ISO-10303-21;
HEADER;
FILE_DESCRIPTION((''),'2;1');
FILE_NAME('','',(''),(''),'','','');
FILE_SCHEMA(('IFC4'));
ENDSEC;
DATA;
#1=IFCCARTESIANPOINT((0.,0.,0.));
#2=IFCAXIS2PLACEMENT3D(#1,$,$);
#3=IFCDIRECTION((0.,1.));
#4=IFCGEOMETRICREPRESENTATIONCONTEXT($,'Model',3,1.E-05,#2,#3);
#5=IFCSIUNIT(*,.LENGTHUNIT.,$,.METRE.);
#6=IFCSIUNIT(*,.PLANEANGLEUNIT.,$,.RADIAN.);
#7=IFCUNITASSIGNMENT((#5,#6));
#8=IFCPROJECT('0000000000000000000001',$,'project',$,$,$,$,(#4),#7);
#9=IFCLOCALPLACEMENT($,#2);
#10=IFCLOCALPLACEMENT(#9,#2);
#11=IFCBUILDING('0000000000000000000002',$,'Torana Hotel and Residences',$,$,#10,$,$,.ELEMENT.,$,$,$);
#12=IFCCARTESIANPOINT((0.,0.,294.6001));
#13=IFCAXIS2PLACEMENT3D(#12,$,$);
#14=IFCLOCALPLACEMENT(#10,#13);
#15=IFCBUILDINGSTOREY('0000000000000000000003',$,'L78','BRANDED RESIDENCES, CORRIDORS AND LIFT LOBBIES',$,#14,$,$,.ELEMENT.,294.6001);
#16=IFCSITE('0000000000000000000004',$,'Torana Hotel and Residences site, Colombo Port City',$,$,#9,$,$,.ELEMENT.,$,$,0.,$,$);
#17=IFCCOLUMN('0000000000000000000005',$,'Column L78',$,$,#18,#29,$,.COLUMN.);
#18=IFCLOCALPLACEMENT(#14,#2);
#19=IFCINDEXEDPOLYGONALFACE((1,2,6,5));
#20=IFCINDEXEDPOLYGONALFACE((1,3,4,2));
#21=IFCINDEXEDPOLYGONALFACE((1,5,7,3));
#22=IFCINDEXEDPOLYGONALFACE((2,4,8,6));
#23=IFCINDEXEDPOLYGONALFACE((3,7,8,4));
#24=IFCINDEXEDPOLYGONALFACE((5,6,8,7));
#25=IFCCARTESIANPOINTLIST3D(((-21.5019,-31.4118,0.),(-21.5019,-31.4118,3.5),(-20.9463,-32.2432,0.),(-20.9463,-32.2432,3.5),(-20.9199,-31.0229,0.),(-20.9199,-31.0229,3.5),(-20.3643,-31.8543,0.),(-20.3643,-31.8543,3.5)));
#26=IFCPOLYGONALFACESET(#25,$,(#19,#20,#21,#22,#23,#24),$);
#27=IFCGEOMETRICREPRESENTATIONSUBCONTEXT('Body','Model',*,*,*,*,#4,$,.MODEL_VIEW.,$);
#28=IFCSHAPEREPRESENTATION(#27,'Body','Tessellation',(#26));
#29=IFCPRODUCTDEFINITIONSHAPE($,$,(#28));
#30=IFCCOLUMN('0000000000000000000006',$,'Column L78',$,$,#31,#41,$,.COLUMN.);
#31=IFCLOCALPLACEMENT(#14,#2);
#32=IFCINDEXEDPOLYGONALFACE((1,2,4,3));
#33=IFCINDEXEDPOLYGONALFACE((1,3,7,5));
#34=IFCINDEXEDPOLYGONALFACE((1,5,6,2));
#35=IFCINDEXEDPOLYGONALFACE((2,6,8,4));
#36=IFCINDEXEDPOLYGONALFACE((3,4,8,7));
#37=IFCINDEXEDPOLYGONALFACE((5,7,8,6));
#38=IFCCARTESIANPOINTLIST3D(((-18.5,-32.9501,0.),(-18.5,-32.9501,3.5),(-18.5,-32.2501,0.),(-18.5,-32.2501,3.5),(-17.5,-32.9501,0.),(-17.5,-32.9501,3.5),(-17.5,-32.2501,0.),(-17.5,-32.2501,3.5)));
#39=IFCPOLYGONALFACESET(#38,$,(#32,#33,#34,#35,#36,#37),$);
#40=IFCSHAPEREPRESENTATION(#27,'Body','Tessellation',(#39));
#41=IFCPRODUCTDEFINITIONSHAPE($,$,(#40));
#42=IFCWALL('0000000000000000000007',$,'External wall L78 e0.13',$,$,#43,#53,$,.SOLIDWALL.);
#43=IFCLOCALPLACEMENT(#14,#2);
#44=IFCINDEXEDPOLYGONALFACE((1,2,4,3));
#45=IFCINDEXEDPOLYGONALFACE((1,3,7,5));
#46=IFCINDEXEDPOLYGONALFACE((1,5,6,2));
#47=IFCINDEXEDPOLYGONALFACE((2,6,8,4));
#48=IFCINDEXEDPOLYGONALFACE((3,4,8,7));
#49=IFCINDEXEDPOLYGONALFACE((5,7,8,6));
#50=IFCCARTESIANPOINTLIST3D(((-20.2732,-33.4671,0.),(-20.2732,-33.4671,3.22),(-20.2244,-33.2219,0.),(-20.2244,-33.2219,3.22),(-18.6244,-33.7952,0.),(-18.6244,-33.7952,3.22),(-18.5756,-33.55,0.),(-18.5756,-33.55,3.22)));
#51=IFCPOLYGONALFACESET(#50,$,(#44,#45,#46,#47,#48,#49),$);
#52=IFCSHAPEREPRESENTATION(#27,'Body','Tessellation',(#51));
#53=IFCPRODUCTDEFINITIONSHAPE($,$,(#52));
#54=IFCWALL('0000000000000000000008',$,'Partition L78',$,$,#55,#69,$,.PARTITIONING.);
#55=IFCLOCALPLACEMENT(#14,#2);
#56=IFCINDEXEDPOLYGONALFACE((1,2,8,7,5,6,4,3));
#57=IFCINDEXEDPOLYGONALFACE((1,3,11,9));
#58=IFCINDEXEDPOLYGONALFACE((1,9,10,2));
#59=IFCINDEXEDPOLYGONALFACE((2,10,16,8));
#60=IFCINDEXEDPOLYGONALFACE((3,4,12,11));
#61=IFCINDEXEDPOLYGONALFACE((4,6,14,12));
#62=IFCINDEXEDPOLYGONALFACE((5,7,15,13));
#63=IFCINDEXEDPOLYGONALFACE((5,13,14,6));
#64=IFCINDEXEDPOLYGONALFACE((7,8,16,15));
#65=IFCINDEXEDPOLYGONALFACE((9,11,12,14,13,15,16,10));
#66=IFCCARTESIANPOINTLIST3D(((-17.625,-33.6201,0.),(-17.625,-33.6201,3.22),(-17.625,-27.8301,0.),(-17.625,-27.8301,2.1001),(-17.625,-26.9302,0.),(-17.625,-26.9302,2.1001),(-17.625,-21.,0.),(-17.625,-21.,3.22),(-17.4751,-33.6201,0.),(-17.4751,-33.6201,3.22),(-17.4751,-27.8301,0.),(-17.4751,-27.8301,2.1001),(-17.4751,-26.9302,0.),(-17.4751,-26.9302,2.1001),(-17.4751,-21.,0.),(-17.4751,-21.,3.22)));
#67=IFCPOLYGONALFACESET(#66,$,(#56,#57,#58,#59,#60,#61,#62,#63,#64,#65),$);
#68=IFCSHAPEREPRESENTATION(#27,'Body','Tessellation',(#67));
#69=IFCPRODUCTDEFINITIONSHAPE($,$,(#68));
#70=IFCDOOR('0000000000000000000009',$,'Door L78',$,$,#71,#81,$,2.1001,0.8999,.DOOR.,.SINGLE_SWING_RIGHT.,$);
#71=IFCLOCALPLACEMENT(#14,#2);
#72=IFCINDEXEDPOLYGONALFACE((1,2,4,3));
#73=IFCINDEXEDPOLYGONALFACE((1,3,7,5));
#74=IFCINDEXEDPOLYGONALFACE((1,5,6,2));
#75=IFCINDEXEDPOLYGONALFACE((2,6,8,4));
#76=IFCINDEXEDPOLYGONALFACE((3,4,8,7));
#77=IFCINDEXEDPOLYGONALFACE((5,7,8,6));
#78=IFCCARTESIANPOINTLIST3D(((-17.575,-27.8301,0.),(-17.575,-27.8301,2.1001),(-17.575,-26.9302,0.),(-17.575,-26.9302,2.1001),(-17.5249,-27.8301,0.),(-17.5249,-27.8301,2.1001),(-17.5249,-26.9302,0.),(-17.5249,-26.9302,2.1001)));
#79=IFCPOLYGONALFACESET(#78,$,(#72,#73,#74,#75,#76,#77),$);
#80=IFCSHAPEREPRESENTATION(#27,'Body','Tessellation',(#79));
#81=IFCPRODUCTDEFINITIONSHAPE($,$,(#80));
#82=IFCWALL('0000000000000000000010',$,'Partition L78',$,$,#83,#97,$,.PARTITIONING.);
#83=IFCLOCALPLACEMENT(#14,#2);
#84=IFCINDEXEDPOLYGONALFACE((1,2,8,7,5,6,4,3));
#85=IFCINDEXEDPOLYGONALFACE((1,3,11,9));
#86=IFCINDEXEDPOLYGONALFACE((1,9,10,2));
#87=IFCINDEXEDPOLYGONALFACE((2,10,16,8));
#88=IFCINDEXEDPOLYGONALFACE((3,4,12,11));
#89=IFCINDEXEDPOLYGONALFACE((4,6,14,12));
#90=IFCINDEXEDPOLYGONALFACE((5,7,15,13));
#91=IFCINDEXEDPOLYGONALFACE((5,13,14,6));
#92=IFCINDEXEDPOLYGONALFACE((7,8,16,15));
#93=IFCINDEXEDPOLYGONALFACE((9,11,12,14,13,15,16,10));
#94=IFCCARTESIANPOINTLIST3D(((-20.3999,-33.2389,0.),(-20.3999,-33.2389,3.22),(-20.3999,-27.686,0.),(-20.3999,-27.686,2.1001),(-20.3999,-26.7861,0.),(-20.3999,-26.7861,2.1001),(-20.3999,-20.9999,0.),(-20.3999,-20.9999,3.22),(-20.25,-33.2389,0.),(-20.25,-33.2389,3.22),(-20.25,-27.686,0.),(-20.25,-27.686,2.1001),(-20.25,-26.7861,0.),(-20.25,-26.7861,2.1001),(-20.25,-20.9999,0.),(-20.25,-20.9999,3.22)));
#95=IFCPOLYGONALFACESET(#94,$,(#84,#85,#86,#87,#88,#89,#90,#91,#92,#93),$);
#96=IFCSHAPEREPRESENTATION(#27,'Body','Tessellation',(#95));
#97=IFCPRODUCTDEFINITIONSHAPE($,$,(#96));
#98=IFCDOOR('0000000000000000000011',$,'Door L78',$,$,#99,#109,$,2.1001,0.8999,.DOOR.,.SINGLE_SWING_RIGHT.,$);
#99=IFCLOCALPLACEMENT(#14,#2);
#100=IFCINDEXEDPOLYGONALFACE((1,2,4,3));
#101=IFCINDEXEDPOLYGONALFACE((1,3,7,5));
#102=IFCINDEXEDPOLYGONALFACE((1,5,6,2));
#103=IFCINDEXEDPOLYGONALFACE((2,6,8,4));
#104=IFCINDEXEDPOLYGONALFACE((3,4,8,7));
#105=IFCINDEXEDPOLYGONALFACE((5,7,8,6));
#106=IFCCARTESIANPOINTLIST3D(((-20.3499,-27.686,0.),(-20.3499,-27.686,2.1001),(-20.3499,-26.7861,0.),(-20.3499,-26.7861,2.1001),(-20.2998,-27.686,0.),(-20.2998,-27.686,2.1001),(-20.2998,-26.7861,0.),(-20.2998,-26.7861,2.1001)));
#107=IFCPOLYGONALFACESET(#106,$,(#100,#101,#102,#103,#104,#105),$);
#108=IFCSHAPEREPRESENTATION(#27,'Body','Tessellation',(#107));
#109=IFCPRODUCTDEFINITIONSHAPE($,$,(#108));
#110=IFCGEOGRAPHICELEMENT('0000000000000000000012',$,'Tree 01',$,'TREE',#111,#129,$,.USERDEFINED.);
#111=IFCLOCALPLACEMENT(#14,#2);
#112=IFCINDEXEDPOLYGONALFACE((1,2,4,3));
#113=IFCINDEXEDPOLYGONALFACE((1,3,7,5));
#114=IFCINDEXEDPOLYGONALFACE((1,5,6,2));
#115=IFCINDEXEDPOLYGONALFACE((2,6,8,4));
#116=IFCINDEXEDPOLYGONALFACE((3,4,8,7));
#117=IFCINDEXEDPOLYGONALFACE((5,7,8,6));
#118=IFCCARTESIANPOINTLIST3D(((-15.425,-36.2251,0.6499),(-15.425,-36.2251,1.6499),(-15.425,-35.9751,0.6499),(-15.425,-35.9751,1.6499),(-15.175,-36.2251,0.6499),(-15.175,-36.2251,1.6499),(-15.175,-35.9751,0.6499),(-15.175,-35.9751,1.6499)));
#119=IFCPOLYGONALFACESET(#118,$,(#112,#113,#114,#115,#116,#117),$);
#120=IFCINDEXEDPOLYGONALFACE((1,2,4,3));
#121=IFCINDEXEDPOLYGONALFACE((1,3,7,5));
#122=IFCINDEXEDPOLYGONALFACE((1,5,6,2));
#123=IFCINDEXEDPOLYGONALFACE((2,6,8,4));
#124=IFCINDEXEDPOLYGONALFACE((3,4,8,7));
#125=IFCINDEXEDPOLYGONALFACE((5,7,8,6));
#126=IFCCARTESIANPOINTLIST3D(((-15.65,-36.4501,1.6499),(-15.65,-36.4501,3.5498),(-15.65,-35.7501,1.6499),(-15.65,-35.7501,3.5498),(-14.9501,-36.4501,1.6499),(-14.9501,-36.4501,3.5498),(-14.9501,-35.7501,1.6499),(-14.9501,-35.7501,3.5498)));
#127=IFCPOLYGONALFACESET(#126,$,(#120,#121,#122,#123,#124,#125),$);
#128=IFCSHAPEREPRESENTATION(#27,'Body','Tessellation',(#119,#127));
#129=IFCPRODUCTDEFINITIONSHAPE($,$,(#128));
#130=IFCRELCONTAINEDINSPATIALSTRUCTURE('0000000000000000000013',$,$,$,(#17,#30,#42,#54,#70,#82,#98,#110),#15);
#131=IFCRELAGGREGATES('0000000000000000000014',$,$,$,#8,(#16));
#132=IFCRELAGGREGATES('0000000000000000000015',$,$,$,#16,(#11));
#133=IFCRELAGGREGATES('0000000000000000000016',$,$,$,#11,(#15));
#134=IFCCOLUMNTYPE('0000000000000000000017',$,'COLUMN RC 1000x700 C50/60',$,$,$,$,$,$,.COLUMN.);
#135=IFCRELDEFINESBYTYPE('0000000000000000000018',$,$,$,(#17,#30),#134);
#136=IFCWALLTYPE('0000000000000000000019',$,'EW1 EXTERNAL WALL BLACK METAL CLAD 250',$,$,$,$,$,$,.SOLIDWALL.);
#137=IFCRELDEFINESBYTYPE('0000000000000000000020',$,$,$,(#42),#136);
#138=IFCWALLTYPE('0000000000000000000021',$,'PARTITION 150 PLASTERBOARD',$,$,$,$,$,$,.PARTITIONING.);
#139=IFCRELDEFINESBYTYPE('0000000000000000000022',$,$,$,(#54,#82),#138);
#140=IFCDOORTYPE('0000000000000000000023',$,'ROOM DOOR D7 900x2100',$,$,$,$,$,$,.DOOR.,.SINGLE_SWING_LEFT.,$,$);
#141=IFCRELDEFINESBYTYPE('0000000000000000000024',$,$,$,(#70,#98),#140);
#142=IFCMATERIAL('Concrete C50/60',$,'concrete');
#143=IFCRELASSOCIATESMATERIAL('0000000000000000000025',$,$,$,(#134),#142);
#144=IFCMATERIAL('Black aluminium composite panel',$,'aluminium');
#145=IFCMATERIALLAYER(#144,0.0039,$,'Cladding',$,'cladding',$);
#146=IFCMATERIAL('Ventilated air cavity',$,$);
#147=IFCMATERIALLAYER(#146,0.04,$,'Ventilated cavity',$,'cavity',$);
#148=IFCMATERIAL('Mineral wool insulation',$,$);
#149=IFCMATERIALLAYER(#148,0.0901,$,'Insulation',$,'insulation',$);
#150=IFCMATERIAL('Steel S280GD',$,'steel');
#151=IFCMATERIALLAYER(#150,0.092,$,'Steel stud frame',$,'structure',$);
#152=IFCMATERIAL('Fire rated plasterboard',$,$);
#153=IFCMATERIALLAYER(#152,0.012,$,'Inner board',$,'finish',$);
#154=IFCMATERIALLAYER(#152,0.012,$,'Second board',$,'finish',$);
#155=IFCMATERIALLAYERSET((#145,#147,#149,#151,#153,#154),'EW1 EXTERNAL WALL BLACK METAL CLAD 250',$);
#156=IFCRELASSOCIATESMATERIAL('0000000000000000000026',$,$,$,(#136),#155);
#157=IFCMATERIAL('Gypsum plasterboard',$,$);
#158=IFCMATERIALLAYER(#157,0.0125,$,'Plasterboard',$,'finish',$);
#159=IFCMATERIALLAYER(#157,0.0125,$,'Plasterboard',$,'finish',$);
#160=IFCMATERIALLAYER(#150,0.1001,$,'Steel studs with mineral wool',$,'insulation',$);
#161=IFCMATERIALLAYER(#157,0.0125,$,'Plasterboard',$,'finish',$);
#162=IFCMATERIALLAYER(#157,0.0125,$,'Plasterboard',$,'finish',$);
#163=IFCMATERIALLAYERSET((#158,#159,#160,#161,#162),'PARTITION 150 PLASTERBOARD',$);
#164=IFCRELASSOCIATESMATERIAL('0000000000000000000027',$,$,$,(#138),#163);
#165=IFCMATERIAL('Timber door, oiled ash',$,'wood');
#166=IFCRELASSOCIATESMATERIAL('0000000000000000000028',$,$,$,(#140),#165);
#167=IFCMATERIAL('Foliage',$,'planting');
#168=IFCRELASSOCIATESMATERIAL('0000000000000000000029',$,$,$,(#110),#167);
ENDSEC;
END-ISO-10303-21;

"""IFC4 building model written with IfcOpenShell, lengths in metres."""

from ifc_helpers import new_model, si_unit, direction, frame, frame_2d, origin, origin_2d, place, context, subcontext, project, spatial, rectangle, extrude, material, layer, layer_set, material_profile, profile_set, type_object, element, fill, save


model = new_model("IFC4")

# Units and contexts
model_context = context("Model", 3, precision=1e-05, world=origin(), true_north=direction((0.0, 1.0)))
body_context = subcontext(model_context, "Body", "Model", "MODEL_VIEW")
ifc_project = project(units=[si_unit("LENGTHUNIT", "METRE"), si_unit("PLANEANGLEUNIT", "RADIAN")], contexts=[model_context])

# Site, building, storey
site_placement = place(None, origin())
site = spatial("IfcSite", under=ifc_project, at=site_placement, Name="Torana Hotel and Residences site, Colombo Port City", CompositionType="ELEMENT", RefElevation=0.0)
building_placement = place(site_placement, origin())
building = spatial("IfcBuilding", under=site, at=building_placement, Name="Torana Hotel and Residences", CompositionType="ELEMENT")
storey_placement = place(building_placement, frame((0.0, 0.0, 294.6001)))
storey = spatial("IfcBuildingStorey", under=building, at=storey_placement, Name="L78", Description="BRANDED RESIDENCES, CORRIDORS AND LIFT LOBBIES", CompositionType="ELEMENT", Elevation=294.6001)

# Columns
ifc_material_1 = material(Name="Concrete C50/60", Category="concrete")
ifc_material_profile = material_profile(ifc_material_1, rectangle(XDim=1.0, YDim=0.7, at=origin_2d()), Name="RC 1000x700")
ifc_profile_set = profile_set([ifc_material_profile], Name="Concrete C50/60")
column_type = type_object("IfcColumnType", Name="COLUMN RC 1000x700 C50/60", PredefinedType="COLUMN", material=ifc_profile_set)
for number, where, z_axis, x_axis, name in (
    (1, (-20.9331, -31.6331, 0.0), (0.0, 0.0, 1.0), (-0.555585, 0.83146, 0.0), "Column L78"),
    (2, (-18.0, -32.6001, 0.0), (0.0, 0.0, 1.0), (1.0, 0.0, 0.0), "Column L78"),
):
    element("IfcColumn", number, at=place(storey_placement, frame(where, z_axis=z_axis, x_axis=x_axis)), inside=storey, type_object=column_type, Name=name, PredefinedType="COLUMN", context=body_context, shape_type="SweptSolid", body=[
        extrude(rectangle(XDim=1.0, YDim=0.7, at=origin_2d()), origin(), (0.0, 0.0, 1.0), 3.5),
    ])

# Wall
ifc_material_2 = material(Name="Black aluminium composite panel", Category="aluminium")
ifc_layer_1 = layer(ifc_material_2, 0.0039, Name="Cladding", Category="cladding")
ifc_material_3 = material(Name="Ventilated air cavity")
ifc_layer_2 = layer(ifc_material_3, 0.04, Name="Ventilated cavity", Category="cavity")
ifc_material_4 = material(Name="Mineral wool insulation")
ifc_layer_3 = layer(ifc_material_4, 0.0901, Name="Insulation", Category="insulation")
ifc_material_5 = material(Name="Steel S280GD", Category="steel")
ifc_layer_4 = layer(ifc_material_5, 0.092, Name="Steel stud frame", Category="structure")
ifc_material_6 = material(Name="Fire rated plasterboard")
ifc_layer_5 = layer(ifc_material_6, 0.012, Name="Inner board", Category="finish")
ifc_layer_6 = layer(ifc_material_6, 0.012, Name="Second board", Category="finish")
ifc_layer_set_1 = layer_set([ifc_layer_1, ifc_layer_2, ifc_layer_3, ifc_layer_4, ifc_layer_5, ifc_layer_6], Name="EW1 EXTERNAL WALL BLACK METAL CLAD 250")
wall_type_1 = type_object("IfcWallType", Name="EW1 EXTERNAL WALL BLACK METAL CLAD 250", PredefinedType="SOLIDWALL", material=ifc_layer_set_1)
wall_1_placement = place(storey_placement, frame((-20.2488, -33.3445, 0.0), z_axis=(0.0, 0.0, 1.0), x_axis=(0.98077, -0.195167, 0.0)))
element("IfcWall", 3, at=wall_1_placement, inside=storey, type_object=wall_type_1, Name="External wall L78 e0.13", PredefinedType="SOLIDWALL", context=body_context, shape_type="SweptSolid", body=[
    extrude(rectangle(XDim=1.6812, YDim=0.25, at=frame_2d((0.8406, 0.0))), origin(), (0.0, 0.0, 1.0), 3.22),
])

# Walls, openings, doors
ifc_material_7 = material(Name="Gypsum plasterboard")
ifc_layer_7 = layer(ifc_material_7, 0.0125, Name="Plasterboard", Category="finish")
ifc_layer_8 = layer(ifc_material_7, 0.0125, Name="Plasterboard", Category="finish")
ifc_layer_9 = layer(ifc_material_5, 0.1001, Name="Steel studs with mineral wool", Category="insulation")
ifc_layer_10 = layer(ifc_material_7, 0.0125, Name="Plasterboard", Category="finish")
ifc_layer_11 = layer(ifc_material_7, 0.0125, Name="Plasterboard", Category="finish")
ifc_layer_set_2 = layer_set([ifc_layer_7, ifc_layer_8, ifc_layer_9, ifc_layer_10, ifc_layer_11], Name="PARTITION 150 PLASTERBOARD")
wall_type_2 = type_object("IfcWallType", Name="PARTITION 150 PLASTERBOARD", PredefinedType="PARTITIONING", material=ifc_layer_set_2)
wall_2_placement = place(storey_placement, frame((-17.55, -33.6201, 0.0), z_axis=(0.0, 0.0, 1.0), x_axis=(0.0, 1.0, 0.0)))
wall_2 = element("IfcWall", 4, at=wall_2_placement, inside=storey, type_object=wall_type_2, Name="Partition L78", PredefinedType="PARTITIONING", context=body_context, shape_type="SweptSolid", body=[
    extrude(rectangle(XDim=12.6201, YDim=0.1499, at=frame_2d((6.3101, 0.0))), origin(), (0.0, 0.0, 1.0), 3.22),
])
opening_1_placement = place(wall_2_placement, frame((5.79, 0.0, 0.0)))
opening_1 = element("IfcOpeningElement", 5, at=opening_1_placement, cuts=wall_2, PredefinedType="OPENING", context=body_context, shape_type="SweptSolid", body=[
    extrude(rectangle(XDim=0.8999, YDim=2.1001, at=frame_2d((0.45, 1.05))), frame((0.0, 0.085, 0.0), z_axis=(0.0, -1.0, 0.0), x_axis=(1.0, 0.0, 0.0)), (0.0, 0.0, 1.0), 0.1699),
])
ifc_material_8 = material(Name="Timber door, oiled ash", Category="wood")
door_type_1 = type_object("IfcDoorType", Name="ROOM DOOR D7 900x2100", OperationType="SINGLE_SWING_LEFT", PredefinedType="DOOR", material=ifc_material_8)
door_1_placement = place(opening_1_placement, origin())
door_1 = element("IfcDoor", 6, at=door_1_placement, inside=storey, type_object=door_type_1, Name="Door L78", OperationType="SINGLE_SWING_RIGHT", OverallHeight=2.1001, OverallWidth=0.8999, PredefinedType="DOOR", context=body_context, shape_type="SweptSolid", body=[
    extrude(rectangle(XDim=0.8999, YDim=2.1001, at=frame_2d((0.45, 1.05))), frame((0.0, 0.0249, 0.0), z_axis=(0.0, -1.0, 0.0), x_axis=(1.0, 0.0, 0.0)), (0.0, 0.0, 1.0), 0.05),
])
fill(opening_1, door_1)
wall_3_placement = place(storey_placement, frame((-20.325, -33.239, 0.0), z_axis=(0.0, 0.0, 1.0), x_axis=(0.0, 1.0, 0.0)))
wall_3 = element("IfcWall", 7, at=wall_3_placement, inside=storey, type_object=wall_type_2, Name="Partition L78", PredefinedType="PARTITIONING", context=body_context, shape_type="SweptSolid", body=[
    extrude(rectangle(XDim=12.239, YDim=0.1499, at=frame_2d((6.1196, 0.0))), origin(), (0.0, 0.0, 1.0), 3.22),
])
opening_2_placement = place(wall_3_placement, frame((5.553, 0.0, 0.0)))
opening_2 = element("IfcOpeningElement", 8, at=opening_2_placement, cuts=wall_3, PredefinedType="OPENING", context=body_context, shape_type="SweptSolid", body=[
    extrude(rectangle(XDim=0.8999, YDim=2.1001, at=frame_2d((0.45, 1.05))), frame((0.0, 0.085, 0.0), z_axis=(0.0, -1.0, 0.0), x_axis=(1.0, 0.0, 0.0)), (0.0, 0.0, 1.0), 0.1699),
])
door_2_placement = place(opening_2_placement, origin())
door_2 = element("IfcDoor", 9, at=door_2_placement, inside=storey, type_object=door_type_1, Name="Door L78", OperationType="SINGLE_SWING_RIGHT", OverallHeight=2.1001, OverallWidth=0.8999, PredefinedType="DOOR", context=body_context, shape_type="SweptSolid", body=[
    extrude(rectangle(XDim=0.8999, YDim=2.1001, at=frame_2d((0.45, 1.05))), frame((0.0, 0.0249, 0.0), z_axis=(0.0, -1.0, 0.0), x_axis=(1.0, 0.0, 0.0)), (0.0, 0.0, 1.0), 0.05),
])
fill(opening_2, door_2)

# Geographic element
ifc_material_9 = material(Name="Foliage", Category="planting")
geographic_element_placement = place(storey_placement, frame((-15.3, -36.1001, 0.6499), z_axis=(0.0, 0.0, 1.0), x_axis=(1.0, 0.0, 0.0)))
element("IfcGeographicElement", 10, at=geographic_element_placement, inside=storey, material=ifc_material_9, Name="Tree 01", ObjectType="TREE", PredefinedType="USERDEFINED", context=body_context, shape_type="SweptSolid", body=[
    extrude(rectangle(XDim=0.25, YDim=0.25, at=origin_2d()), origin(), (0.0, 0.0, 1.0), 1.0),
    extrude(rectangle(XDim=0.7, YDim=0.7, at=origin_2d()), frame((0.0, 0.0, 1.0)), (0.0, 0.0, 1.0), 1.8999),
])

save(model, "model.ifc")
